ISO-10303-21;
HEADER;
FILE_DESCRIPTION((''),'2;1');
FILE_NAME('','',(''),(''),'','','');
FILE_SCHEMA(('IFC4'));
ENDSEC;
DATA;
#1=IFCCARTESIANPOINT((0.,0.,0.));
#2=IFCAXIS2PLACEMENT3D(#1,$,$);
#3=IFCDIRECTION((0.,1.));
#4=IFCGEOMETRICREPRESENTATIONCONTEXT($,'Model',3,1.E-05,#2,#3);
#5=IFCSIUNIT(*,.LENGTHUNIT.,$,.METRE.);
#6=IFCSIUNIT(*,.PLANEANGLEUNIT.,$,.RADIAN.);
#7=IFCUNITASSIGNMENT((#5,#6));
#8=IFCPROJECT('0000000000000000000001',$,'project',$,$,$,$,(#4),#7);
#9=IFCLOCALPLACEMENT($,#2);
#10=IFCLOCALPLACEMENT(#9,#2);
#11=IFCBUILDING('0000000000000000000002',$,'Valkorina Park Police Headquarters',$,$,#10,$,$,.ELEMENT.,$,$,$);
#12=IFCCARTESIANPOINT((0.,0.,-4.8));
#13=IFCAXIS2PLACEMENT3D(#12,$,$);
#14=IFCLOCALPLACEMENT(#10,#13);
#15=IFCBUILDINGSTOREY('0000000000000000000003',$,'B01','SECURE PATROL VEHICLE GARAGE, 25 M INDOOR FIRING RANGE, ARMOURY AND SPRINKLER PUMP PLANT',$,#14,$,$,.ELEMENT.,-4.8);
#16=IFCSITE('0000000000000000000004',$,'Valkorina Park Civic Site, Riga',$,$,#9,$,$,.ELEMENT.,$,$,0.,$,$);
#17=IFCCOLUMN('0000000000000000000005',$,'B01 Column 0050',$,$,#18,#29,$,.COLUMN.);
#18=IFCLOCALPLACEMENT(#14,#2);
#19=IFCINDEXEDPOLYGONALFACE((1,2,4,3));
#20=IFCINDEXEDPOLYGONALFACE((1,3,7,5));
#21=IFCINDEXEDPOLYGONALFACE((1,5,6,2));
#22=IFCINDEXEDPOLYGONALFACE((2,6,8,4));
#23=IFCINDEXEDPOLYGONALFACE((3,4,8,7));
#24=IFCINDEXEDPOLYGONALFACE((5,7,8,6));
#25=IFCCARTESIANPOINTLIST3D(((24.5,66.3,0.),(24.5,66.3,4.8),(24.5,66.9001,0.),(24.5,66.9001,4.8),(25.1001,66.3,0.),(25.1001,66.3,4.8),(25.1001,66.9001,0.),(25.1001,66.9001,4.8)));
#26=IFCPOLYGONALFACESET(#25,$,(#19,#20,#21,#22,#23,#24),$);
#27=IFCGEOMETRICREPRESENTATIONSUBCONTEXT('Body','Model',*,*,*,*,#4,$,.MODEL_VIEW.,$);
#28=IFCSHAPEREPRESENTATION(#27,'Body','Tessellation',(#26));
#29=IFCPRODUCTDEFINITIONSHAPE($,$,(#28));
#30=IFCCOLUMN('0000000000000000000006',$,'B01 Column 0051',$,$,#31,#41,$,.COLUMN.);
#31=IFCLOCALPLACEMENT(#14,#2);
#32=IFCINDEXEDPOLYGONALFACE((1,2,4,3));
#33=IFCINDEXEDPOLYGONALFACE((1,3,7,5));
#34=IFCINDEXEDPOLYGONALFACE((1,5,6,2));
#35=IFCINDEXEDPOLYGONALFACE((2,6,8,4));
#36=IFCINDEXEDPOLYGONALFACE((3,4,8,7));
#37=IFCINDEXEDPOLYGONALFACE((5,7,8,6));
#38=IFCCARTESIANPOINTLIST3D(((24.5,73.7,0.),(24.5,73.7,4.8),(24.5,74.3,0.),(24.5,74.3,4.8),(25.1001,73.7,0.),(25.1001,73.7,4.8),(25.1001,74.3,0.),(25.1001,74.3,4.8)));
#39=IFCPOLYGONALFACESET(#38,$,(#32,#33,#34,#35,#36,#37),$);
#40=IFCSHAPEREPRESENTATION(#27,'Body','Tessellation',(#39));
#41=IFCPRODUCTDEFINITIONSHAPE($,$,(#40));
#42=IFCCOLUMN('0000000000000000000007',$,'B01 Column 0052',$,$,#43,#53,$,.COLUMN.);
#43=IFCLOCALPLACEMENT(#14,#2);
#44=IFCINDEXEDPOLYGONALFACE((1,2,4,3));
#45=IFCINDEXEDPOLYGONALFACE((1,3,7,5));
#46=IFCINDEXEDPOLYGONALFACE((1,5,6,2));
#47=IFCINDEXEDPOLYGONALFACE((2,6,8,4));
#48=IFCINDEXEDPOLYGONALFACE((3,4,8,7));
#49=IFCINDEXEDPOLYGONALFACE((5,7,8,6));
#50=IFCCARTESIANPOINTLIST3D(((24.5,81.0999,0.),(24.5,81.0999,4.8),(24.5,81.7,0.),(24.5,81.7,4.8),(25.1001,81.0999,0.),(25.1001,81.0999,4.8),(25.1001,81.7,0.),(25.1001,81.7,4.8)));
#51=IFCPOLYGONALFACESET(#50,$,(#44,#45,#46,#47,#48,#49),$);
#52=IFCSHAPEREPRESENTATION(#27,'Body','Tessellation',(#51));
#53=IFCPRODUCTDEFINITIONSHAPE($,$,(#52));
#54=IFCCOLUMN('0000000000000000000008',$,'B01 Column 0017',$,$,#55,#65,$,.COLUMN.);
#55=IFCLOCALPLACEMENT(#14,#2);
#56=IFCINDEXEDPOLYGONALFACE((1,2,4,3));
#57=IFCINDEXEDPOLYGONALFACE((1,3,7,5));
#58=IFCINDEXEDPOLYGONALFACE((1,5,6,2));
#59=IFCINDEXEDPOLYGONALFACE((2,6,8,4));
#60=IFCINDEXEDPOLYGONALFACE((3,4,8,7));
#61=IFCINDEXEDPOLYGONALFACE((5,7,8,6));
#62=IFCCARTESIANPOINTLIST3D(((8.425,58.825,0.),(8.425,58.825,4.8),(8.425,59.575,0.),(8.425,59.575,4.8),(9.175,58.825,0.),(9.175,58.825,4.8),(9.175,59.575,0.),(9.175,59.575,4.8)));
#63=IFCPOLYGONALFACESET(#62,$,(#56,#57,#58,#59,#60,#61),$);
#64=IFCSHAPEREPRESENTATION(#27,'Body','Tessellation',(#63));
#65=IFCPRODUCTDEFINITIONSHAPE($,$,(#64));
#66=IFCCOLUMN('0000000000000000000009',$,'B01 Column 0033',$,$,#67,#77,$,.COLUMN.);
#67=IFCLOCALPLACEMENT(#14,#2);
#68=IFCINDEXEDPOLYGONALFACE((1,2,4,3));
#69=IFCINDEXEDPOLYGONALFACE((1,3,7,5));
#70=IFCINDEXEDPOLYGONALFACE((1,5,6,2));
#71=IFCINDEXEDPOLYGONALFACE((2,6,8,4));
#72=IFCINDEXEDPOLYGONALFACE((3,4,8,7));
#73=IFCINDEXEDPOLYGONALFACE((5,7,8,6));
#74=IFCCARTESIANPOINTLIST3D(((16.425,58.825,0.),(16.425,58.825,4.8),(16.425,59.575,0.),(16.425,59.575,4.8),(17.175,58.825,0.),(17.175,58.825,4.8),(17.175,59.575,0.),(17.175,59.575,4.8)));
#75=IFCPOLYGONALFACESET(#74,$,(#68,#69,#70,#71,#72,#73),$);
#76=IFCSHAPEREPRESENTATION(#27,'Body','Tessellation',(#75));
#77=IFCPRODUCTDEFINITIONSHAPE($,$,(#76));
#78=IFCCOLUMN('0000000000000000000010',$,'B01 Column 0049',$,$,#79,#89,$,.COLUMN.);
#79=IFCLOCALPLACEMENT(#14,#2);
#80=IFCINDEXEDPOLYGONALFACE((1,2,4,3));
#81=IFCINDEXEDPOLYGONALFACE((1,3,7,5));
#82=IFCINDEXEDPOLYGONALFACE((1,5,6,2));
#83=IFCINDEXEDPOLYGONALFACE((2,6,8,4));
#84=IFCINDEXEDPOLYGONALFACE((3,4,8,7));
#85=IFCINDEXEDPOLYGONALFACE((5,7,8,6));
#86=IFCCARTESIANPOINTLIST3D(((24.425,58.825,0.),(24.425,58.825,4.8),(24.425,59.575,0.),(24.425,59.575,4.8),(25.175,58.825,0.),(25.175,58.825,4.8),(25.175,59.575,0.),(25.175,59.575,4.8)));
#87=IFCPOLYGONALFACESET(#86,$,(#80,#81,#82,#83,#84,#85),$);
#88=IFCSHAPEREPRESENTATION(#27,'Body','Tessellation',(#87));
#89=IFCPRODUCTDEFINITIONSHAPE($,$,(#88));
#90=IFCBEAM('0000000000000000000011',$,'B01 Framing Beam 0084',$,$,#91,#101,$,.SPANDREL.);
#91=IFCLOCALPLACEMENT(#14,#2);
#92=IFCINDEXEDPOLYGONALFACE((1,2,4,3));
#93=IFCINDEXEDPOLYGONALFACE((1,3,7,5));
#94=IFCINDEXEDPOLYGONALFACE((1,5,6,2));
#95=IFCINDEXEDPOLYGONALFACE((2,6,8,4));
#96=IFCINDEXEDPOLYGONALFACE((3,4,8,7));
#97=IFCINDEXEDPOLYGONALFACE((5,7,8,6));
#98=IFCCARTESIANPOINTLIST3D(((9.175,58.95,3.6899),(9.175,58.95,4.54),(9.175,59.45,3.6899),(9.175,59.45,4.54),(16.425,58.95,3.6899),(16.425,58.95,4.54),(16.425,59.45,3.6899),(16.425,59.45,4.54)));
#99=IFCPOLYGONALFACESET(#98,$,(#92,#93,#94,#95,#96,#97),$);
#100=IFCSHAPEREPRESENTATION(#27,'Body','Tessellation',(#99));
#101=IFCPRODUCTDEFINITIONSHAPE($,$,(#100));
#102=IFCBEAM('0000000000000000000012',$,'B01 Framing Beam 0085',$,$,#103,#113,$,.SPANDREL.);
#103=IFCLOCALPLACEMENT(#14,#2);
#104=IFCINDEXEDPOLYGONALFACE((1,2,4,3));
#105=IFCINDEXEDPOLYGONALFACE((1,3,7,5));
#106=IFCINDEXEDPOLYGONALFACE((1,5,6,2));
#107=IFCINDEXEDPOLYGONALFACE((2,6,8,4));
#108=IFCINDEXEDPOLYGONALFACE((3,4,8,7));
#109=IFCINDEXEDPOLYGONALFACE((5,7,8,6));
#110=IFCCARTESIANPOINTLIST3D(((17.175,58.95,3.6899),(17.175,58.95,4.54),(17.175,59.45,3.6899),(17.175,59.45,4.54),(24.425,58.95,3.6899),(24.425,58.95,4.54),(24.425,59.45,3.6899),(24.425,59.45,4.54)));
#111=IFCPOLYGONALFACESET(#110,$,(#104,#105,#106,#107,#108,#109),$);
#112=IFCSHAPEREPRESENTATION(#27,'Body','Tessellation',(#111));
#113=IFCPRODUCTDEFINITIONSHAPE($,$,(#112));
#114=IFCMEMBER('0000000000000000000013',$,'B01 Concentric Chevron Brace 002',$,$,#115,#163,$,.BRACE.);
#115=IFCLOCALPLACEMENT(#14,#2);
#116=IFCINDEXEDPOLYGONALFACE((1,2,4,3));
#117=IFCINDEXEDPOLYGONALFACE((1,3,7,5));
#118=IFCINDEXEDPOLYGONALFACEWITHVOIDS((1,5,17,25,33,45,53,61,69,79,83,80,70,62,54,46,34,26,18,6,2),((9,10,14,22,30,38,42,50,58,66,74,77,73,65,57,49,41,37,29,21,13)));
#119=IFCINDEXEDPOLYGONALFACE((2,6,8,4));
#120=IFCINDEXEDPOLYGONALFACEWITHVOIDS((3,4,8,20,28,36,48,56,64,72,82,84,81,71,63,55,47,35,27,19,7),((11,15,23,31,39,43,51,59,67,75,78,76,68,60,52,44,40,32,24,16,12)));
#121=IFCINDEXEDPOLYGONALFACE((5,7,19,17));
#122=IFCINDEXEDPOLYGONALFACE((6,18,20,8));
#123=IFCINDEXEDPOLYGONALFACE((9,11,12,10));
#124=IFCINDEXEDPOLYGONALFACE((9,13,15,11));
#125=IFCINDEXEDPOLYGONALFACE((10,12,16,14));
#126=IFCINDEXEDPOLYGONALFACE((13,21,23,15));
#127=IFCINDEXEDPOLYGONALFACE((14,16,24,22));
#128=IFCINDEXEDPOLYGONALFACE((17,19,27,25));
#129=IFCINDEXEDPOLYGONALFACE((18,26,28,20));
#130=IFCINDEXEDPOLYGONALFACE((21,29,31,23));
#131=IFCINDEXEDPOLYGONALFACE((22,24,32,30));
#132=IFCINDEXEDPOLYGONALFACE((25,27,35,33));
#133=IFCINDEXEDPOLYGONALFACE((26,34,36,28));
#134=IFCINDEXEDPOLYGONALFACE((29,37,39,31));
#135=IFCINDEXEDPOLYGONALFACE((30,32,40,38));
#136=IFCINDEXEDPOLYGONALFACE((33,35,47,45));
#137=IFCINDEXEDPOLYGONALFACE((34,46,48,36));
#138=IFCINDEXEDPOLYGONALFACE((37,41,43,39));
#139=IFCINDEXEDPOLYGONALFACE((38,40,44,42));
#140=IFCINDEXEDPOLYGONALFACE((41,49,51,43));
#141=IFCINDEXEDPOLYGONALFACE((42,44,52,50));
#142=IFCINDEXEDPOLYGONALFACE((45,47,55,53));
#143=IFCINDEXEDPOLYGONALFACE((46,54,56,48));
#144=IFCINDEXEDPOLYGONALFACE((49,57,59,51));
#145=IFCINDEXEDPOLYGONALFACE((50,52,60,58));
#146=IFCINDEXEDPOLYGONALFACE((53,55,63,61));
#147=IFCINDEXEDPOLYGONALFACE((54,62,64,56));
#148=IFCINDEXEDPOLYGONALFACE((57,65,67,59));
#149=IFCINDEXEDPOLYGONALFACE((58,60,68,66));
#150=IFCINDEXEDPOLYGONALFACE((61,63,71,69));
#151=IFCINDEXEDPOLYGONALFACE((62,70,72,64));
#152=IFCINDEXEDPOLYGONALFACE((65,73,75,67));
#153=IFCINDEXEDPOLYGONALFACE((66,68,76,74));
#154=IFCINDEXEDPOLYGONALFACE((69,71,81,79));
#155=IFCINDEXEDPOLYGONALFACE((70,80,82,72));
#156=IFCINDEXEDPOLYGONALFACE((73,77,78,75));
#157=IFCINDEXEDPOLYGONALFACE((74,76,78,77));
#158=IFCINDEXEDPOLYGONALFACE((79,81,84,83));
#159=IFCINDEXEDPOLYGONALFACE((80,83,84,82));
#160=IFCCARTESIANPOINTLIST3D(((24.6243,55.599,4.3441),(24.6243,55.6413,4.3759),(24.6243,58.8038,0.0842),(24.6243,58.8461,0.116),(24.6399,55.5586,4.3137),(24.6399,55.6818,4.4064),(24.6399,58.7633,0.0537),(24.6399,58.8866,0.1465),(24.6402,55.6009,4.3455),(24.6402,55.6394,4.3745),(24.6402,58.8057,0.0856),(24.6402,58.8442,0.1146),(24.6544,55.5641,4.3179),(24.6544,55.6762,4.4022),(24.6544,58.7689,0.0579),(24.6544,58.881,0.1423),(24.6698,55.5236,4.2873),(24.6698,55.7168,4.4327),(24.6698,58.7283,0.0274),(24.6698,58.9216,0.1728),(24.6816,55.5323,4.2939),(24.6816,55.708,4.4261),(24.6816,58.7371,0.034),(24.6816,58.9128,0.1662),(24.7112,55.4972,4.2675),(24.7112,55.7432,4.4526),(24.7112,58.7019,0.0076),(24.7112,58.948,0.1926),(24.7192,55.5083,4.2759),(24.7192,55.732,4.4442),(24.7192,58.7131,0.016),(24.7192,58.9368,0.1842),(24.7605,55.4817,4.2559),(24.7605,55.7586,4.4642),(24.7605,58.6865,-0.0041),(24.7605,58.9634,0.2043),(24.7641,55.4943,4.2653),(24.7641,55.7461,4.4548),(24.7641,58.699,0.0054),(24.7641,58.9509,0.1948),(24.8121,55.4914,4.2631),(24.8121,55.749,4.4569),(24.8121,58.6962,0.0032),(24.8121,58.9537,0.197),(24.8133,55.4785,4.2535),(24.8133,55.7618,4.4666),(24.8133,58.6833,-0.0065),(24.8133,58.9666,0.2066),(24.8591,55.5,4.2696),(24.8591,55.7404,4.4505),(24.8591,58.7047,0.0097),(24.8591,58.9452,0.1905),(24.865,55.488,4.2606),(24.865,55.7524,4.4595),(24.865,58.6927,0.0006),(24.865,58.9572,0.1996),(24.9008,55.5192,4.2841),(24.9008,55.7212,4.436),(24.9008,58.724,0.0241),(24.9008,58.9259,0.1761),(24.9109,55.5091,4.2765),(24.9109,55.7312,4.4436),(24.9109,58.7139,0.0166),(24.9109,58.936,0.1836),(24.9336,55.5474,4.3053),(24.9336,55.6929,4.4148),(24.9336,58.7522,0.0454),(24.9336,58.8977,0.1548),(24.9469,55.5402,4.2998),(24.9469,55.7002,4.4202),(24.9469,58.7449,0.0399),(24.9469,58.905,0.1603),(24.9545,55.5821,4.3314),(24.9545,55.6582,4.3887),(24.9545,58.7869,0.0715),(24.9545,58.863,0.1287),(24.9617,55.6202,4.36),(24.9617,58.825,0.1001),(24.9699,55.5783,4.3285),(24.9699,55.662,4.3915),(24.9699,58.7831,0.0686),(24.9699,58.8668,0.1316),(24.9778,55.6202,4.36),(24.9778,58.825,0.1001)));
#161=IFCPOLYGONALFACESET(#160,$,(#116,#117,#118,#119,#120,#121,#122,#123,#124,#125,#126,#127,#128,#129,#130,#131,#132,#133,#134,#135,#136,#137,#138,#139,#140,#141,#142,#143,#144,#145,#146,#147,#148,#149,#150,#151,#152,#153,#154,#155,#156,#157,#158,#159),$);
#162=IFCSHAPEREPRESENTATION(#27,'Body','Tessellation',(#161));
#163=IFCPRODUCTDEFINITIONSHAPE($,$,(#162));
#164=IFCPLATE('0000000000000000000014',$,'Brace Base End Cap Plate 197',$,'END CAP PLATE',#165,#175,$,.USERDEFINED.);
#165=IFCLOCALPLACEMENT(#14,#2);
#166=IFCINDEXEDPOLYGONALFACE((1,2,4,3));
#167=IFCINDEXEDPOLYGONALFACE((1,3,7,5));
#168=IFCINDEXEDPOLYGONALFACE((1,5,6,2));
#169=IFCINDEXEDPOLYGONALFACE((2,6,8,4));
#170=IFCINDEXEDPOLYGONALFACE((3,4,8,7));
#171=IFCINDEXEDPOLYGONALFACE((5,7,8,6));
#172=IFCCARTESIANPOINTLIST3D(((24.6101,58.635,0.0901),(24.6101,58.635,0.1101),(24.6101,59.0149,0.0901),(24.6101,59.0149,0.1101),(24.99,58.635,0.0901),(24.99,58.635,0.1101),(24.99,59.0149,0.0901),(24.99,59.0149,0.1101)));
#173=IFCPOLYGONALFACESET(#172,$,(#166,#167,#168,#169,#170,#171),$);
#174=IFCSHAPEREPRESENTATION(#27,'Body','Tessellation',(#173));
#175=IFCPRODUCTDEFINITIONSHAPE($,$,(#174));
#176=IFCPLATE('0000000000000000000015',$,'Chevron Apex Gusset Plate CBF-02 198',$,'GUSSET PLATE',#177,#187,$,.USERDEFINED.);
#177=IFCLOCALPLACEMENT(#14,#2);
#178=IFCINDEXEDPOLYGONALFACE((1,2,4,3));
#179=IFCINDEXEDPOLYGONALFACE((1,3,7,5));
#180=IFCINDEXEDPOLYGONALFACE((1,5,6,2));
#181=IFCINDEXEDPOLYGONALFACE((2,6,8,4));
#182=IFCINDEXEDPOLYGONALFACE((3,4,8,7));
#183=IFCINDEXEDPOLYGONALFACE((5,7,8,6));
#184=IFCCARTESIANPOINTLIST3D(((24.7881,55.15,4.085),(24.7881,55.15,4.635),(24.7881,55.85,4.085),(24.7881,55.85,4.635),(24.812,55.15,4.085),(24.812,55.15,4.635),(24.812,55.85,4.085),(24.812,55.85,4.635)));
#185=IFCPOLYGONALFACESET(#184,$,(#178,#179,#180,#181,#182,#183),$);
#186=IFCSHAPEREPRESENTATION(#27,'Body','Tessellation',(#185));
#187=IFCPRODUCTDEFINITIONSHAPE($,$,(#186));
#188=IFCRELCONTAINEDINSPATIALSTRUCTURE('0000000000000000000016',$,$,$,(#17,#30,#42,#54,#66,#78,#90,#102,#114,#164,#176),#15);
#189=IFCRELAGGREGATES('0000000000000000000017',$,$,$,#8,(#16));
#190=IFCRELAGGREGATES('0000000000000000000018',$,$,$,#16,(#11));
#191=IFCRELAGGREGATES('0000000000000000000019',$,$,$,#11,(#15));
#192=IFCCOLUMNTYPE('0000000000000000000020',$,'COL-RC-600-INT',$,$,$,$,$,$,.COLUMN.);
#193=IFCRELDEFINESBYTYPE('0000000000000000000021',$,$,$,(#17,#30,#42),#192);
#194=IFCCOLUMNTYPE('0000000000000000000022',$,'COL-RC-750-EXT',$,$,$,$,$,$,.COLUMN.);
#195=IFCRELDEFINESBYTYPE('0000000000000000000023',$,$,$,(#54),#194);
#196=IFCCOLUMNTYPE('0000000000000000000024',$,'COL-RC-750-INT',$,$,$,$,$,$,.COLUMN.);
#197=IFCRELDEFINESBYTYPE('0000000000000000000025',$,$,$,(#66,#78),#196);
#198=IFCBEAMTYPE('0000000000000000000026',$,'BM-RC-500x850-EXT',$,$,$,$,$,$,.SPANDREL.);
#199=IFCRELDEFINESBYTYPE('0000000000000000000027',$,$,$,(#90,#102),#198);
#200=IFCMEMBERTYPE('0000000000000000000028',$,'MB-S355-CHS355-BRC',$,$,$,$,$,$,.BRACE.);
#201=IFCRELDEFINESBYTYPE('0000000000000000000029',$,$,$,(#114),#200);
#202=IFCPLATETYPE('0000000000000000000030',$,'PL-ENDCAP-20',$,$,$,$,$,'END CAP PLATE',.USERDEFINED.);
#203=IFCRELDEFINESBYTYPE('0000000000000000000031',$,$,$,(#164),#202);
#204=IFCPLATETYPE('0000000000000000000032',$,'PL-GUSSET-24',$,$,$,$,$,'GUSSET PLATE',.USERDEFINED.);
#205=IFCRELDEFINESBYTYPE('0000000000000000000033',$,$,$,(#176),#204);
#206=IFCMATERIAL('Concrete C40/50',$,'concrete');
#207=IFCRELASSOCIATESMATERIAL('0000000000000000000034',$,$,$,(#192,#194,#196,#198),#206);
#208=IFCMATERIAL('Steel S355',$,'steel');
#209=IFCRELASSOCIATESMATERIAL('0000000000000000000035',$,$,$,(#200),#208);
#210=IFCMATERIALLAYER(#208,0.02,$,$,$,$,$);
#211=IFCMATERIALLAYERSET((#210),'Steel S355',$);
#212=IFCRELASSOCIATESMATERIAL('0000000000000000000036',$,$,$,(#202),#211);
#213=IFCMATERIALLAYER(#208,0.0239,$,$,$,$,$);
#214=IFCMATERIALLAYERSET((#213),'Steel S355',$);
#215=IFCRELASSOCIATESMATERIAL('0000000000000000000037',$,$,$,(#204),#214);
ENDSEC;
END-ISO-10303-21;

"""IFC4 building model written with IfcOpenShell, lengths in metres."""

from ifc_helpers import new_model, si_unit, direction, frame, origin, origin_2d, place, context, subcontext, project, spatial, rectangle, hollow_circle, extrude, material, layer, layer_set, material_profile, profile_set, type_object, element, save


model = new_model("IFC4")

# Units and contexts
model_context = context("Model", 3, precision=1e-05, world=origin(), true_north=direction((0.0, 1.0)))
body_context = subcontext(model_context, "Body", "Model", "MODEL_VIEW")
ifc_project = project(units=[si_unit("LENGTHUNIT", "METRE"), si_unit("PLANEANGLEUNIT", "RADIAN")], contexts=[model_context])

# Site, building, storey
site_placement = place(None, origin())
site = spatial("IfcSite", under=ifc_project, at=site_placement, Name="Valkorina Park Civic Site, Riga", CompositionType="ELEMENT", RefElevation=0.0)
building_placement = place(site_placement, origin())
building = spatial("IfcBuilding", under=site, at=building_placement, Name="Valkorina Park Police Headquarters", CompositionType="ELEMENT")
storey_placement = place(building_placement, frame((0.0, 0.0, -4.8)))
storey = spatial("IfcBuildingStorey", under=building, at=storey_placement, Name="B01", Description="SECURE PATROL VEHICLE GARAGE, 25 M INDOOR FIRING RANGE, ARMOURY AND SPRINKLER PUMP PLANT", CompositionType="ELEMENT", Elevation=-4.8)

# Columns
ifc_material_1 = material(Name="Concrete C40/50", Category="concrete")
ifc_material_profile_1 = material_profile(ifc_material_1, rectangle(XDim=0.6001, YDim=0.6001, at=origin_2d()), Name="RC COL 600x600")
ifc_profile_set_1 = profile_set([ifc_material_profile_1], Name="Concrete C40/50")
column_type_1 = type_object("IfcColumnType", Name="COL-RC-600-INT", PredefinedType="COLUMN", material=ifc_profile_set_1)
for number, where, z_axis, x_axis, name in (
    (1, (24.8, 66.6001, 0.0), (0.0, 0.0, 1.0), (1.0, 0.0, 0.0), "B01 Column 0050"),
    (2, (24.8, 74.0, 0.0), (0.0, 0.0, 1.0), (1.0, 0.0, 0.0), "B01 Column 0051"),
    (3, (24.8, 81.3999, 0.0), (0.0, 0.0, 1.0), (1.0, 0.0, 0.0), "B01 Column 0052"),
):
    element("IfcColumn", number, at=place(storey_placement, frame(where, z_axis=z_axis, x_axis=x_axis)), inside=storey, type_object=column_type_1, Name=name, PredefinedType="COLUMN", context=body_context, shape_type="SweptSolid", body=[
        extrude(rectangle(XDim=0.6001, YDim=0.6001, at=origin_2d()), origin(), (0.0, 0.0, 1.0), 4.8),
    ])
ifc_material_profile_2 = material_profile(ifc_material_1, rectangle(XDim=0.75, YDim=0.75, at=origin_2d()), Name="RC COL 750x750")
ifc_profile_set_2 = profile_set([ifc_material_profile_2], Name="Concrete C40/50")
column_type_2 = type_object("IfcColumnType", Name="COL-RC-750-EXT", PredefinedType="COLUMN", material=ifc_profile_set_2)
column_placement = place(storey_placement, frame((8.8, 59.2, 0.0), z_axis=(0.0, 0.0, 1.0), x_axis=(1.0, 0.0, 0.0)))
element("IfcColumn", 4, at=column_placement, inside=storey, type_object=column_type_2, Name="B01 Column 0017", PredefinedType="COLUMN", context=body_context, shape_type="SweptSolid", body=[
    extrude(rectangle(XDim=0.75, YDim=0.75, at=origin_2d()), origin(), (0.0, 0.0, 1.0), 4.8),
])
ifc_material_profile_3 = material_profile(ifc_material_1, rectangle(XDim=0.75, YDim=0.75, at=origin_2d()), Name="RC COL 750x750")
ifc_profile_set_3 = profile_set([ifc_material_profile_3], Name="Concrete C40/50")
column_type_3 = type_object("IfcColumnType", Name="COL-RC-750-INT", PredefinedType="COLUMN", material=ifc_profile_set_3)
for number, where, z_axis, x_axis, name in (
    (5, (16.8, 59.2, 0.0), (0.0, 0.0, 1.0), (1.0, 0.0, 0.0), "B01 Column 0033"),
    (6, (24.8, 59.2, 0.0), (0.0, 0.0, 1.0), (1.0, 0.0, 0.0), "B01 Column 0049"),
):
    element("IfcColumn", number, at=place(storey_placement, frame(where, z_axis=z_axis, x_axis=x_axis)), inside=storey, type_object=column_type_3, Name=name, PredefinedType="COLUMN", context=body_context, shape_type="SweptSolid", body=[
        extrude(rectangle(XDim=0.75, YDim=0.75, at=origin_2d()), origin(), (0.0, 0.0, 1.0), 4.8),
    ])

# Beams
ifc_material_profile_4 = material_profile(ifc_material_1, rectangle(XDim=0.5, YDim=0.8501, at=origin_2d()), Name="RC BEAM 500x850")
ifc_profile_set_4 = profile_set([ifc_material_profile_4], Name="Concrete C40/50")
beam_type = type_object("IfcBeamType", Name="BM-RC-500x850-EXT", PredefinedType="SPANDREL", material=ifc_profile_set_4)
for number, where, z_axis, x_axis, name in (
    (7, (9.175, 59.2, 4.115), (1.0, 0.0, 0.0), (0.0, 1.0, 0.0), "B01 Framing Beam 0084"),
    (8, (17.175, 59.2, 4.115), (1.0, 0.0, 0.0), (0.0, 1.0, 0.0), "B01 Framing Beam 0085"),
):
    element("IfcBeam", number, at=place(storey_placement, frame(where, z_axis=z_axis, x_axis=x_axis)), inside=storey, type_object=beam_type, Name=name, PredefinedType="SPANDREL", context=body_context, shape_type="SweptSolid", body=[
        extrude(rectangle(XDim=0.5, YDim=0.8501, at=origin_2d()), origin(), (0.0, 0.0, 1.0), 7.25),
    ])

# Member
ifc_material_2 = material(Name="Steel S355", Category="steel")
ifc_material_profile_5 = material_profile(ifc_material_2, hollow_circle(Radius=0.1777, WallThickness=0.0161, at=origin_2d()), Name="CHS 355.6x16")
ifc_profile_set_5 = profile_set([ifc_material_profile_5], Name="Steel S355")
member_type = type_object("IfcMemberType", Name="MB-S355-CHS355-BRC", PredefinedType="BRACE", material=ifc_profile_set_5)
member_placement = place(storey_placement, frame((24.8, 58.825, 0.1001), z_axis=(0.0, -0.601179, 0.799114), x_axis=(1.0, 0.0, 0.0)))
element("IfcMember", 9, at=member_placement, inside=storey, type_object=member_type, Name="B01 Concentric Chevron Brace 002", PredefinedType="BRACE", context=body_context, shape_type="SweptSolid", body=[
    extrude(hollow_circle(Radius=0.1777, WallThickness=0.0161, at=origin_2d()), origin(), (0.0, 0.0, 1.0), 5.3308),
])

# Plates
ifc_layer_1 = layer(ifc_material_2, 0.02)
ifc_layer_set_1 = layer_set([ifc_layer_1], Name="Steel S355")
plate_type_1 = type_object("IfcPlateType", Name="PL-ENDCAP-20", ElementType="END CAP PLATE", PredefinedType="USERDEFINED", material=ifc_layer_set_1)
plate_1_placement = place(storey_placement, frame((24.8, 58.825, 0.0901), z_axis=(0.0, 0.0, 1.0), x_axis=(1.0, 0.0, 0.0)))
element("IfcPlate", 10, at=plate_1_placement, inside=storey, type_object=plate_type_1, Name="Brace Base End Cap Plate 197", ObjectType="END CAP PLATE", PredefinedType="USERDEFINED", context=body_context, shape_type="SweptSolid", body=[
    extrude(rectangle(XDim=0.3799, YDim=0.3799, at=origin_2d()), origin(), (0.0, 0.0, 1.0), 0.02),
])
ifc_layer_2 = layer(ifc_material_2, 0.0239)
ifc_layer_set_2 = layer_set([ifc_layer_2], Name="Steel S355")
plate_type_2 = type_object("IfcPlateType", Name="PL-GUSSET-24", ElementType="GUSSET PLATE", PredefinedType="USERDEFINED", material=ifc_layer_set_2)
plate_2_placement = place(storey_placement, frame((24.8, 55.5, 4.085), z_axis=(0.0, 0.0, 1.0), x_axis=(1.0, 0.0, 0.0)))
element("IfcPlate", 11, at=plate_2_placement, inside=storey, type_object=plate_type_2, Name="Chevron Apex Gusset Plate CBF-02 198", ObjectType="GUSSET PLATE", PredefinedType="USERDEFINED", context=body_context, shape_type="SweptSolid", body=[
    extrude(rectangle(XDim=0.0239, YDim=0.7, at=origin_2d()), origin(), (0.0, 0.0, 1.0), 0.55),
])

save(model, "model.ifc")
